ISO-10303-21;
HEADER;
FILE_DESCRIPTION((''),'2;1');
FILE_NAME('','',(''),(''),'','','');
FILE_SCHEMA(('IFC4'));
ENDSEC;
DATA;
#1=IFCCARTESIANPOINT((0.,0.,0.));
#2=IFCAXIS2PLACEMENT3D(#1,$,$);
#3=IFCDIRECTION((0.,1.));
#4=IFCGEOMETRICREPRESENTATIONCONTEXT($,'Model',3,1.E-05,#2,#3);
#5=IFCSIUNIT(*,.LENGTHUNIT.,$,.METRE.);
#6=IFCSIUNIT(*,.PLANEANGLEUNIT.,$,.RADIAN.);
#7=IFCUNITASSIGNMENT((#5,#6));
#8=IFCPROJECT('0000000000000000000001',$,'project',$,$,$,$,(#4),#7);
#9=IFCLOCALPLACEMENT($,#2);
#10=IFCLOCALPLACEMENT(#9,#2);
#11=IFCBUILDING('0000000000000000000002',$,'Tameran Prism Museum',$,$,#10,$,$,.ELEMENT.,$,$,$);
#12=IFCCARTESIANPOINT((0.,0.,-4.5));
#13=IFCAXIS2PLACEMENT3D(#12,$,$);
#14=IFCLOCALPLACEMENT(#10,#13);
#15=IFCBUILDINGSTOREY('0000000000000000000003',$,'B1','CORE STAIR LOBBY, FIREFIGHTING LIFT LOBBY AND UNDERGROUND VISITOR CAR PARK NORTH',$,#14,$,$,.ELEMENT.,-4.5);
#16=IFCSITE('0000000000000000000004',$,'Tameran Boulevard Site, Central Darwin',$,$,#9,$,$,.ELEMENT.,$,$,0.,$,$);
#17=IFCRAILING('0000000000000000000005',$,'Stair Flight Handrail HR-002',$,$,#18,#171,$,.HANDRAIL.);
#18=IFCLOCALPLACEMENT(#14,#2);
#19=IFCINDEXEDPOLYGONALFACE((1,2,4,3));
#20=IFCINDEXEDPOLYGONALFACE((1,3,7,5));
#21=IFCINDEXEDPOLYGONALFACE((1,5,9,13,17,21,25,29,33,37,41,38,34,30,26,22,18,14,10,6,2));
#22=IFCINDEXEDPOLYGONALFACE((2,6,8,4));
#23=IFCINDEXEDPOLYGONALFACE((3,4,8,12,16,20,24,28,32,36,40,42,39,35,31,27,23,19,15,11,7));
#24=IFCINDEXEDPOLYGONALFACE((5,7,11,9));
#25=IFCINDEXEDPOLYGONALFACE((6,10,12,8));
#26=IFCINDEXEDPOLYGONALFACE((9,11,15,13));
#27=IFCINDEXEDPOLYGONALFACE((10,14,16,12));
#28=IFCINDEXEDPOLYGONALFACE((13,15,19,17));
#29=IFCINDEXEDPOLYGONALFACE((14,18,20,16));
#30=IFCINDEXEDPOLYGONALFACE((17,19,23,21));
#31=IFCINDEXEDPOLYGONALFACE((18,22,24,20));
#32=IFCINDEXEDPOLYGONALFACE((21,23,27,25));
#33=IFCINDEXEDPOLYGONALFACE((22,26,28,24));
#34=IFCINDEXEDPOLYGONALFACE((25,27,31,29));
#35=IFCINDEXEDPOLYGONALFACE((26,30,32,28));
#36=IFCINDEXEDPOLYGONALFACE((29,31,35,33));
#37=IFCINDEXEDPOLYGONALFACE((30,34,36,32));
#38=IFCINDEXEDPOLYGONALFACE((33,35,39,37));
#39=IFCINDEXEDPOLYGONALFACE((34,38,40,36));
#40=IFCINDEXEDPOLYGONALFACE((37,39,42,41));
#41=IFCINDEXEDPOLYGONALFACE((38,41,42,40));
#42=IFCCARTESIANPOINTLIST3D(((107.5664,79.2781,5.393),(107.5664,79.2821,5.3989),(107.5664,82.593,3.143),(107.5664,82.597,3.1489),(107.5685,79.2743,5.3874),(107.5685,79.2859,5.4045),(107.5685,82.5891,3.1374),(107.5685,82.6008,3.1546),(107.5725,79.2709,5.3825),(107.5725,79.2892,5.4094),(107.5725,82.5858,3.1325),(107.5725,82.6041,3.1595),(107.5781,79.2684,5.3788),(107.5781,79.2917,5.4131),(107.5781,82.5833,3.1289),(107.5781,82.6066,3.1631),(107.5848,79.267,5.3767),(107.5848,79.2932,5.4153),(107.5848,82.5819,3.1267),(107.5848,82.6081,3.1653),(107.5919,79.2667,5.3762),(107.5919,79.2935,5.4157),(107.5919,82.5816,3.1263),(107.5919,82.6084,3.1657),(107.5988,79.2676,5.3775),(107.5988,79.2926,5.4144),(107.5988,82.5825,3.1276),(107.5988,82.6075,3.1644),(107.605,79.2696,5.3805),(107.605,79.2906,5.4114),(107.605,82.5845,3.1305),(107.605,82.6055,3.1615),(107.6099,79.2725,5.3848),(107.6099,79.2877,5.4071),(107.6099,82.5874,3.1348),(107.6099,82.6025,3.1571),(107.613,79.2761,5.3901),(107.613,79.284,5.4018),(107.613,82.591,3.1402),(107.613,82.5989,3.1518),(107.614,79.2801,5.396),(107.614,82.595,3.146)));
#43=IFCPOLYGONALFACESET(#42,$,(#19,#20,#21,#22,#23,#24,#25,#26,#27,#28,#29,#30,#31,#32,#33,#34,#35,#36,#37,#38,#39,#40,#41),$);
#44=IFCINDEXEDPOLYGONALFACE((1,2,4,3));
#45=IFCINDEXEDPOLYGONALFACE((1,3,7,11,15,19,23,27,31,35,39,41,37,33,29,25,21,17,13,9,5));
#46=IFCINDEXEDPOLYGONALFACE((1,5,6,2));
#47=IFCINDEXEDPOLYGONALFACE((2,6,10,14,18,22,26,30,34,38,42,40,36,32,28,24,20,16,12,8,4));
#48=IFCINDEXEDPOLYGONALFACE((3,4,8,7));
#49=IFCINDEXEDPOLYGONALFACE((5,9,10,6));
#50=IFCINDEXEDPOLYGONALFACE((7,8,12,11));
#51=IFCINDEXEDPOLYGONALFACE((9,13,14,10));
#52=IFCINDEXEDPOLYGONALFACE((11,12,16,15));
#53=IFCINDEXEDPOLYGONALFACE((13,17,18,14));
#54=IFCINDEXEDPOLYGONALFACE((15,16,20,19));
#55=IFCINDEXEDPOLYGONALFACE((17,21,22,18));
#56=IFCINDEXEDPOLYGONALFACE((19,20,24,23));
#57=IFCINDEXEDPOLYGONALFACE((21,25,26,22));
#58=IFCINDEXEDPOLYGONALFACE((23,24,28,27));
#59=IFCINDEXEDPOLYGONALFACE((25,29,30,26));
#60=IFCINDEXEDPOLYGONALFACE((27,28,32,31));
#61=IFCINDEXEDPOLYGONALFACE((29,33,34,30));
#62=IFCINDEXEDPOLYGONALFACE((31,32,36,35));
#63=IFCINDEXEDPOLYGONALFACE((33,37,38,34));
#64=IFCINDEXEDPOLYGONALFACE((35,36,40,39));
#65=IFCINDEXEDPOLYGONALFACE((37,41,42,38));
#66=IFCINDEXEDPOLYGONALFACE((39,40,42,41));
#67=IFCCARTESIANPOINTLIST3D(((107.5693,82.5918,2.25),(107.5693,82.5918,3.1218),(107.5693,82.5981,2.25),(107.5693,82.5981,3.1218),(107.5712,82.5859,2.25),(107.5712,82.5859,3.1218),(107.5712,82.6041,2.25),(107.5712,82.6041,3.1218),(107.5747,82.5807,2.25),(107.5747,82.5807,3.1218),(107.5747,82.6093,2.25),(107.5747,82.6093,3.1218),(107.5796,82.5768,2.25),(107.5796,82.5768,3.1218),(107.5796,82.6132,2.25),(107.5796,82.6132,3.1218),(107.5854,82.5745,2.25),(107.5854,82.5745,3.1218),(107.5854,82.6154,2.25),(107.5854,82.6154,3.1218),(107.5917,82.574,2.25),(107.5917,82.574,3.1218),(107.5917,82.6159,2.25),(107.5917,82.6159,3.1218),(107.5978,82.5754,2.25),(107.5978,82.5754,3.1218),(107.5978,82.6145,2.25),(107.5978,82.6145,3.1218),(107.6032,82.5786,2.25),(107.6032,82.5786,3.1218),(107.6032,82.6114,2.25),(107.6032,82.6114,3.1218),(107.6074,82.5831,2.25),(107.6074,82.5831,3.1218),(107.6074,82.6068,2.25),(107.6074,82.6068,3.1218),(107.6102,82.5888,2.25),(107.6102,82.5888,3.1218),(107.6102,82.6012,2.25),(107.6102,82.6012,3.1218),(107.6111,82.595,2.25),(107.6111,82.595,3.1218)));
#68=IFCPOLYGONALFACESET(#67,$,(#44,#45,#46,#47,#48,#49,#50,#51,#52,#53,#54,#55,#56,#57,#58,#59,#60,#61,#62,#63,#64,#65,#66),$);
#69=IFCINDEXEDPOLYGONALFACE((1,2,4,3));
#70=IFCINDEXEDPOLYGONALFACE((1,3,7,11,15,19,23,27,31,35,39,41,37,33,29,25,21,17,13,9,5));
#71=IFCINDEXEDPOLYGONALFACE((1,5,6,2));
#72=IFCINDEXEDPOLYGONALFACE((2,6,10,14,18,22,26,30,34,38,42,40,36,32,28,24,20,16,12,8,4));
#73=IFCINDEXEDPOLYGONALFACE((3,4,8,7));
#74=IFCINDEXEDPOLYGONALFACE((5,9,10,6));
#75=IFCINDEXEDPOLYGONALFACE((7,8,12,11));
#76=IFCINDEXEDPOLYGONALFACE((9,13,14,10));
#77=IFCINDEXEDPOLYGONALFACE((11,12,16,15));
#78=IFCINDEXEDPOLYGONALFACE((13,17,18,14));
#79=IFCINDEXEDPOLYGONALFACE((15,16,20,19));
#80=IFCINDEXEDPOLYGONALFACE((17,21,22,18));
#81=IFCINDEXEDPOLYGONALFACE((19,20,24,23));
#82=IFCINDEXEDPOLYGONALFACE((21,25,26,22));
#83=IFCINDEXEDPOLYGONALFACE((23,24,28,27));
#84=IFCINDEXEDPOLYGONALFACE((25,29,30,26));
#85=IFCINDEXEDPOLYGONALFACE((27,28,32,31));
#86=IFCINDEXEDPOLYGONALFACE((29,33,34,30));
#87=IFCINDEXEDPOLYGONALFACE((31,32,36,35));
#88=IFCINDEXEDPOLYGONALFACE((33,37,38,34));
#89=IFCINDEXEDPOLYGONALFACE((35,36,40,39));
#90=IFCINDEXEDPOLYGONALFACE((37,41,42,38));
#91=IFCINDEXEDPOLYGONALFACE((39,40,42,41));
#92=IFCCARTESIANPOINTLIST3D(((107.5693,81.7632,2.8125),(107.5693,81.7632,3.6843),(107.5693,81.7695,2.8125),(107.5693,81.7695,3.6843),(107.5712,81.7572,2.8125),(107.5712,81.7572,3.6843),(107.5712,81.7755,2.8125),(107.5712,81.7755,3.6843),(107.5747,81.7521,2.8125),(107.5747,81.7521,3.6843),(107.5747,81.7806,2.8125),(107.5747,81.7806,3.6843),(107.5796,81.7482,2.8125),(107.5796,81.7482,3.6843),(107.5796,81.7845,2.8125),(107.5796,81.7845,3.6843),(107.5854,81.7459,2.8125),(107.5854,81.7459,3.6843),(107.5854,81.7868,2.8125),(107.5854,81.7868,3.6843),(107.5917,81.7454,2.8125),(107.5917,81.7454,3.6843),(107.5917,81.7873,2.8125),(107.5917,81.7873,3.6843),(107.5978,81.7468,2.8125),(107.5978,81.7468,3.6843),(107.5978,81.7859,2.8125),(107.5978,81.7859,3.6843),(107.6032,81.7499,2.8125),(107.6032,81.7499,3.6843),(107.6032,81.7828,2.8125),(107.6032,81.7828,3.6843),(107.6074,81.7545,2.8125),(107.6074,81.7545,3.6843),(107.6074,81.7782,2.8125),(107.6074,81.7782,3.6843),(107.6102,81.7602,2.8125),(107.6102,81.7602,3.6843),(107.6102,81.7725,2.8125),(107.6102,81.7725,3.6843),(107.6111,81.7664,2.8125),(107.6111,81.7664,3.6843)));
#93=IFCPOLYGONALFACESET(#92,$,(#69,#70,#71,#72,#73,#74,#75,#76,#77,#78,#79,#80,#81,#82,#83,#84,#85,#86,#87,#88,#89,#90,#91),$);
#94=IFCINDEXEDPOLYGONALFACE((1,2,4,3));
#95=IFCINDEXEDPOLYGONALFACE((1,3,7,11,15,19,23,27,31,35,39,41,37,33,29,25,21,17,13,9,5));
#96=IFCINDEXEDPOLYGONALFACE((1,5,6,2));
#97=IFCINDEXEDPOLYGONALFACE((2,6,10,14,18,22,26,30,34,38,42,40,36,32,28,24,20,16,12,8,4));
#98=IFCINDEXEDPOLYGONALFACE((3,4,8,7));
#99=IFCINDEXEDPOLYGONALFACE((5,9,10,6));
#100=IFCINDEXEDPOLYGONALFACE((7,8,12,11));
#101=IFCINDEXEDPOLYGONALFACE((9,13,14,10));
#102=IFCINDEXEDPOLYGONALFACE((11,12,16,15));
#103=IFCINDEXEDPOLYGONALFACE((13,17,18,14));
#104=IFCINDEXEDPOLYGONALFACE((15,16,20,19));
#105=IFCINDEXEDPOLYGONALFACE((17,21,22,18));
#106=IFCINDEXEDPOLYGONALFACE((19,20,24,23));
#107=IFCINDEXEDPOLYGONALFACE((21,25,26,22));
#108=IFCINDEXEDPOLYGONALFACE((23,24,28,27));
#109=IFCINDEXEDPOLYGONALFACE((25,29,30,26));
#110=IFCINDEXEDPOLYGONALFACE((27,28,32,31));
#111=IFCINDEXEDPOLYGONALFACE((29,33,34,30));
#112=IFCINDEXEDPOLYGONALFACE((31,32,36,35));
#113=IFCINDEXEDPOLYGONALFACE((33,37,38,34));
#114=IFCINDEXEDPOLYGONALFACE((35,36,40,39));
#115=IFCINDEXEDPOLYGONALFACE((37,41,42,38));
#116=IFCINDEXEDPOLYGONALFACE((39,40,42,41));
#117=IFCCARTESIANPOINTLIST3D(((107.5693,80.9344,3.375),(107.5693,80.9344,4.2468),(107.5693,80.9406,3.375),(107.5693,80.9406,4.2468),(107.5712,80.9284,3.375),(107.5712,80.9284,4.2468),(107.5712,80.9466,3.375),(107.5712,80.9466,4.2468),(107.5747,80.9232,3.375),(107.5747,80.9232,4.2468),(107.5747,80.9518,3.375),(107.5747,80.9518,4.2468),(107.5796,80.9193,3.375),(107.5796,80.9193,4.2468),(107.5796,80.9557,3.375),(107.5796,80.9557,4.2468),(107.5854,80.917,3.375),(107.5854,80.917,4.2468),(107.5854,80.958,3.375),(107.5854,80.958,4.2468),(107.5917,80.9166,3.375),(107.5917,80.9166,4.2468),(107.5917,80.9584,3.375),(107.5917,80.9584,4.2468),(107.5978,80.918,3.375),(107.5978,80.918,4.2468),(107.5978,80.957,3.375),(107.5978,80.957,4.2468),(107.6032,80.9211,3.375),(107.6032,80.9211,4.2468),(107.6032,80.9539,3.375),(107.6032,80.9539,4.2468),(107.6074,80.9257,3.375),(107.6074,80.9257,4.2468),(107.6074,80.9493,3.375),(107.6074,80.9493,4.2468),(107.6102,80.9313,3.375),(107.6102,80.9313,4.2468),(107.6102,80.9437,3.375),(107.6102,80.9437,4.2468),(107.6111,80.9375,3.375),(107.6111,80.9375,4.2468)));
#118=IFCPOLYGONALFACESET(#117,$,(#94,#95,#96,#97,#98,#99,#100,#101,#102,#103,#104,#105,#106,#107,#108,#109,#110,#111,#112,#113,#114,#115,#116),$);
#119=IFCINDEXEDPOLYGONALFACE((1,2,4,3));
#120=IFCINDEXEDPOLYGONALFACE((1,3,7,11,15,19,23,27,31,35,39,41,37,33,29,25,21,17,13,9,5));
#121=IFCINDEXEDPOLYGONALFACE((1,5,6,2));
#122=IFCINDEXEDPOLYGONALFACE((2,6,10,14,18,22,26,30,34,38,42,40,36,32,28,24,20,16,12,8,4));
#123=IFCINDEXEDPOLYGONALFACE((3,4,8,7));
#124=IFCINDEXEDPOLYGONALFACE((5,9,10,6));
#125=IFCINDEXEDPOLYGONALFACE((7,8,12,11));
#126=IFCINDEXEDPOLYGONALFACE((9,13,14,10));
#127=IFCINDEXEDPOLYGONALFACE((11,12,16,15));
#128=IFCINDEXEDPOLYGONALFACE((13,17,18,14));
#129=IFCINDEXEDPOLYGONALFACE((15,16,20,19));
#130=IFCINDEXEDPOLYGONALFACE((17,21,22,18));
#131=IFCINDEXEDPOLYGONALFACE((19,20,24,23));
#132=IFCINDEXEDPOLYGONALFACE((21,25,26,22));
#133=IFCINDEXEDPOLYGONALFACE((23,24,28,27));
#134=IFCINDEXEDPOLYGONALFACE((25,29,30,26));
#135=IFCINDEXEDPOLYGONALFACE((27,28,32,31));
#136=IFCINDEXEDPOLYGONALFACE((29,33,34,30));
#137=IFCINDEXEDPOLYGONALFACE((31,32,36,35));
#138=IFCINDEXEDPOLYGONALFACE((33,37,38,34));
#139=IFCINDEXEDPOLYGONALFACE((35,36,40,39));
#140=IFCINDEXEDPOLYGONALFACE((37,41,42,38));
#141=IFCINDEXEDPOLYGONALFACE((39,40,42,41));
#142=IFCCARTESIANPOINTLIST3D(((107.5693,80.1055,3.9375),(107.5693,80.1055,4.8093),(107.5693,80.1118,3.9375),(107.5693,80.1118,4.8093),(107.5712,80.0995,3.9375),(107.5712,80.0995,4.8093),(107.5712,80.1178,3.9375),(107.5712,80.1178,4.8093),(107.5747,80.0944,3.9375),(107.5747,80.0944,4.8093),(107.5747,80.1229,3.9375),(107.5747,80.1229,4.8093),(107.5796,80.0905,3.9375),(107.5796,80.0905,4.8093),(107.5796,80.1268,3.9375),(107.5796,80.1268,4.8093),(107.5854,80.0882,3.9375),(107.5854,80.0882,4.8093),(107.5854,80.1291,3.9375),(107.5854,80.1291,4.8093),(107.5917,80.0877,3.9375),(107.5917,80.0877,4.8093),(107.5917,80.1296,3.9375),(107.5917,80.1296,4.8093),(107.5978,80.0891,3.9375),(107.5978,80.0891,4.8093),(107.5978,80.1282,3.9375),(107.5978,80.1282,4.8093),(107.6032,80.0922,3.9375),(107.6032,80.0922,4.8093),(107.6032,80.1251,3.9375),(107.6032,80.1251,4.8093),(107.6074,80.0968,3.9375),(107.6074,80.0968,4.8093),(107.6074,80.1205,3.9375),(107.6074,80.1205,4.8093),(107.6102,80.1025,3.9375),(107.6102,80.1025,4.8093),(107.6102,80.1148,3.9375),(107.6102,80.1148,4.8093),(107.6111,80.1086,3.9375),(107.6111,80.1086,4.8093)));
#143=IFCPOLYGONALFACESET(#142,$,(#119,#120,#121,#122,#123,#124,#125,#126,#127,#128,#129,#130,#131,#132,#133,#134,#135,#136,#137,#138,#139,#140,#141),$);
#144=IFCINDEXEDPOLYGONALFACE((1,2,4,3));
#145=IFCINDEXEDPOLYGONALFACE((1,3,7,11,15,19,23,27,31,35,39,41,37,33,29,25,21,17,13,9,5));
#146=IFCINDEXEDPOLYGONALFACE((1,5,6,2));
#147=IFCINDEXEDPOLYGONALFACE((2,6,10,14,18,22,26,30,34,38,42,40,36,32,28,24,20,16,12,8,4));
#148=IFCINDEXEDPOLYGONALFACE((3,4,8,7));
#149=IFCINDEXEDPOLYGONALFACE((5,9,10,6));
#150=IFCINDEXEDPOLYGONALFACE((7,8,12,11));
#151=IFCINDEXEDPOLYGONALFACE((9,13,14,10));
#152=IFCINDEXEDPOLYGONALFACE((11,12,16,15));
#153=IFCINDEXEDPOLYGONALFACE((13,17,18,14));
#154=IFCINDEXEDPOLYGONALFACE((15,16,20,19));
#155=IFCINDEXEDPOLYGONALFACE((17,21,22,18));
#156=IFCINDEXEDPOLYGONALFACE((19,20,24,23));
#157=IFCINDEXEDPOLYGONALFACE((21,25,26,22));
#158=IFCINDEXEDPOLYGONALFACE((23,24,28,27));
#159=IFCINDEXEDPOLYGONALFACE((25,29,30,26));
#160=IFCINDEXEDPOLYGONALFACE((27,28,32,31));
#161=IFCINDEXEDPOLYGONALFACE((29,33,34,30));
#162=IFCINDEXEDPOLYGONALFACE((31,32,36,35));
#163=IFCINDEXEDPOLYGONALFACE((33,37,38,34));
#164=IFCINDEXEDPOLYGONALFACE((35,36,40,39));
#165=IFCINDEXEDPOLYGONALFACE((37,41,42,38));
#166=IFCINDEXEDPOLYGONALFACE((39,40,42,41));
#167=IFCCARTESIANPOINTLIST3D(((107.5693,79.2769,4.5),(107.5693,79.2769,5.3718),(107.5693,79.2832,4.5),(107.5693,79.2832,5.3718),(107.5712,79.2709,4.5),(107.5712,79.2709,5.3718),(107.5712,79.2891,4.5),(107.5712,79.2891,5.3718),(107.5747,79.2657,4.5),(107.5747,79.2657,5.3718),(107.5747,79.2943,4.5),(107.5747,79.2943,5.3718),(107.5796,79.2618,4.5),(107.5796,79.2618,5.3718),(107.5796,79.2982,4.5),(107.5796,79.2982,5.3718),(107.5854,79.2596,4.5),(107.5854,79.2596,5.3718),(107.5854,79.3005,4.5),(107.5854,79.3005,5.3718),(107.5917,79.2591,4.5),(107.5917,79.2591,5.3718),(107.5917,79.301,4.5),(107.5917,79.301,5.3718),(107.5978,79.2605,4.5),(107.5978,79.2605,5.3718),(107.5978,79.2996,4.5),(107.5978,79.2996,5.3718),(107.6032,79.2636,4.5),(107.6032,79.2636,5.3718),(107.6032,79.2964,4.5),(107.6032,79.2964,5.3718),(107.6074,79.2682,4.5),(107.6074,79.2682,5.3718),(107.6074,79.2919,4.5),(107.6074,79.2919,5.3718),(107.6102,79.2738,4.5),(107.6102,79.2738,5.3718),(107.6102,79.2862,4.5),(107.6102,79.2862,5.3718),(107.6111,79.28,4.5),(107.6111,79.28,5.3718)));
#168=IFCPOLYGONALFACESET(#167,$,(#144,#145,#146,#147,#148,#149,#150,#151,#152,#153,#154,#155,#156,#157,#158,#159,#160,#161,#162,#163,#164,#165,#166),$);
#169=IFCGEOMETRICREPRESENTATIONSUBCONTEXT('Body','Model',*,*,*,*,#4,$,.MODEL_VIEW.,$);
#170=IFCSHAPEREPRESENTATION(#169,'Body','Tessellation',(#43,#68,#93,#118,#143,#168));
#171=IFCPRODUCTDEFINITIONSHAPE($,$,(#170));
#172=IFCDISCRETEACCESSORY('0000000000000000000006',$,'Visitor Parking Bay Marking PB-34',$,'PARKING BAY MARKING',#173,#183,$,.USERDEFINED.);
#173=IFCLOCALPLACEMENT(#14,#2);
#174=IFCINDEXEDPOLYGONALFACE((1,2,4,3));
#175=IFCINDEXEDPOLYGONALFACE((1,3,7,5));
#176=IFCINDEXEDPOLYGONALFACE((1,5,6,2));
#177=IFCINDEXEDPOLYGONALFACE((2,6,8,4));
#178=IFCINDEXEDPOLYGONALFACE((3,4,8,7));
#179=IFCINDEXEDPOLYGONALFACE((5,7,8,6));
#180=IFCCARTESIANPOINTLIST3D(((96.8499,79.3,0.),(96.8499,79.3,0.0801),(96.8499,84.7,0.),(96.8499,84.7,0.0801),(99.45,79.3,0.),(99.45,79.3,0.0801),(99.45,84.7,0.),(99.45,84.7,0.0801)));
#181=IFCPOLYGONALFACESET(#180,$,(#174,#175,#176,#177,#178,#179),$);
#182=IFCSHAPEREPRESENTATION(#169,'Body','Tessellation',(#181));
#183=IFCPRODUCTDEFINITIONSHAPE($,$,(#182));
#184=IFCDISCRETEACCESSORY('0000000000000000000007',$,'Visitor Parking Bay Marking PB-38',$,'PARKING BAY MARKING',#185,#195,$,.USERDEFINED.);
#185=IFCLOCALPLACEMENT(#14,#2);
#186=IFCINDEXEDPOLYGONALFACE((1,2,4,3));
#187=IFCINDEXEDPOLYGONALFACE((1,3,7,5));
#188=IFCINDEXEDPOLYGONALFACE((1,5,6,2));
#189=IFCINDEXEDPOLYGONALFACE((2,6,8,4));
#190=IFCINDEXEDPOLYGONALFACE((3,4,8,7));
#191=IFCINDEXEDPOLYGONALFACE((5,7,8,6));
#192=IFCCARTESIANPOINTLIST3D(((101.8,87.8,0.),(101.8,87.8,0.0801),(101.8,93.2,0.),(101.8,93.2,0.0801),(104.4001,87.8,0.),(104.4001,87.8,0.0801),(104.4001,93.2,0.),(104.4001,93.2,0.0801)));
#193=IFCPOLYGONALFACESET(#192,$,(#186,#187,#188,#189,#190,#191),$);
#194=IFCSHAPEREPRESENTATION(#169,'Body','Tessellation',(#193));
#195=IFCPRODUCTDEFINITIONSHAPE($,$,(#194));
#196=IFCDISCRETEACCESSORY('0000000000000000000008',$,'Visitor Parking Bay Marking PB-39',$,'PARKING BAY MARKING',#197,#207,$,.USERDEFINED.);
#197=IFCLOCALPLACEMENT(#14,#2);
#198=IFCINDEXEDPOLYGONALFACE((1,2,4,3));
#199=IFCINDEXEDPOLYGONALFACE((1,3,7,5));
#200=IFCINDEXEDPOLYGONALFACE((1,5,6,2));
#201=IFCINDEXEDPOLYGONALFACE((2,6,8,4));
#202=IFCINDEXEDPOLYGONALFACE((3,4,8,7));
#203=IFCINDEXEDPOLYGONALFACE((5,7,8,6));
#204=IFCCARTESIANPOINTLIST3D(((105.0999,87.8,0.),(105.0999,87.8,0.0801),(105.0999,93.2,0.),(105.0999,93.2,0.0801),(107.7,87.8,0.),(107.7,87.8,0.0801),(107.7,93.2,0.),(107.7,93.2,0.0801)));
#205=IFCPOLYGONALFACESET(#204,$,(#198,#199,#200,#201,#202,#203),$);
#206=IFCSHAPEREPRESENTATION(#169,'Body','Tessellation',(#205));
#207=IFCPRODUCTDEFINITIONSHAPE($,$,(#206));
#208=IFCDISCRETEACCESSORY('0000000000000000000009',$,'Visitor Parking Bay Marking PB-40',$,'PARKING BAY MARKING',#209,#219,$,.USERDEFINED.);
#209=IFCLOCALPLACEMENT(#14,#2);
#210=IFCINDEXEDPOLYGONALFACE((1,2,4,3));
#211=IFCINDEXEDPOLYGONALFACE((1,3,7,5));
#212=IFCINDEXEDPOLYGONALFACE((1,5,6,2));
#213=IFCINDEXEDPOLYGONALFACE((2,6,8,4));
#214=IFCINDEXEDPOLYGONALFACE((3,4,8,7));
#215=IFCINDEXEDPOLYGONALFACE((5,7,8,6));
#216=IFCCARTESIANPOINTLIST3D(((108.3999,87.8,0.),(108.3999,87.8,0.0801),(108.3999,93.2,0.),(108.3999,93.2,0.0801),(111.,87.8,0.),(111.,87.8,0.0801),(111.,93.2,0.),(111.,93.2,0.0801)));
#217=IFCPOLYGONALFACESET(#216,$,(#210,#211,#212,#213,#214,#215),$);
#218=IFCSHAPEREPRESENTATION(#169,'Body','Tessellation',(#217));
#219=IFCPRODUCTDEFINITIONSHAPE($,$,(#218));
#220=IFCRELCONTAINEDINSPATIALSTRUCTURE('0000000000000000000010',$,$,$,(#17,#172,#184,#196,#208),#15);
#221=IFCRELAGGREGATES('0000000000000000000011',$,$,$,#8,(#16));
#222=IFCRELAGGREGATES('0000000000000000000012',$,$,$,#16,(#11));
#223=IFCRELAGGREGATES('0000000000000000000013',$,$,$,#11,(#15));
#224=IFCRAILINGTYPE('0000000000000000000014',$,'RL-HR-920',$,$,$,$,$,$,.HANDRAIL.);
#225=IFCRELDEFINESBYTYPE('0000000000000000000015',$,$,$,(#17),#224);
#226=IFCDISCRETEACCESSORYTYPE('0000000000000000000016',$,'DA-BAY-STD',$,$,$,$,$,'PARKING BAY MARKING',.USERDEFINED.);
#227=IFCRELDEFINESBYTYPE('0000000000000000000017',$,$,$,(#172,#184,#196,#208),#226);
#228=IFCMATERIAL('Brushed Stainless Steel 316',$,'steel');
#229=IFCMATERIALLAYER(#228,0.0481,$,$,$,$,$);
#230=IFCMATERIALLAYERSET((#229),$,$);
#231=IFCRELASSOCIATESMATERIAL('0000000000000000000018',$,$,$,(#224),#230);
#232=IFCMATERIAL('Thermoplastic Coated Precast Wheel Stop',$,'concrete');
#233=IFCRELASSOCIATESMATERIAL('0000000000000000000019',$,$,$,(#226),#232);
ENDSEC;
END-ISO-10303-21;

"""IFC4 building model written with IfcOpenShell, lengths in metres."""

from ifc_helpers import new_model, si_unit, direction, frame, origin, origin_2d, place, context, subcontext, project, spatial, rectangle, circle, extrude, material, layer, layer_set, type_object, element, save


model = new_model("IFC4")

# Units and contexts
model_context = context("Model", 3, precision=1e-05, world=origin(), true_north=direction((0.0, 1.0)))
body_context = subcontext(model_context, "Body", "Model", "MODEL_VIEW")
ifc_project = project(units=[si_unit("LENGTHUNIT", "METRE"), si_unit("PLANEANGLEUNIT", "RADIAN")], contexts=[model_context])

# Site, building, storey
site_placement = place(None, origin())
site = spatial("IfcSite", under=ifc_project, at=site_placement, Name="Tameran Boulevard Site, Central Darwin", CompositionType="ELEMENT", RefElevation=0.0)
building_placement = place(site_placement, origin())
building = spatial("IfcBuilding", under=site, at=building_placement, Name="Tameran Prism Museum", CompositionType="ELEMENT")
storey_placement = place(building_placement, frame((0.0, 0.0, -4.5)))
storey = spatial("IfcBuildingStorey", under=building, at=storey_placement, Name="B1", Description="CORE STAIR LOBBY, FIREFIGHTING LIFT LOBBY AND UNDERGROUND VISITOR CAR PARK NORTH", CompositionType="ELEMENT", Elevation=-4.5)

# Railing
ifc_material_1 = material(Name="Brushed Stainless Steel 316", Category="steel")
ifc_layer_1 = layer(ifc_material_1, 0.0481)
ifc_layer_set_1 = layer_set([ifc_layer_1])
railing_type_1 = type_object("IfcRailingType", Name="RL-HR-920", PredefinedType="HANDRAIL", material=ifc_layer_set_1)
railing_1_placement = place(storey_placement, frame((107.5901, 82.595, 2.25)))
element("IfcRailing", 1, at=railing_1_placement, inside=storey, type_object=railing_type_1, Name="Stair Flight Handrail HR-002", PredefinedType="HANDRAIL", context=body_context, shape_type="SweptSolid", body=[
    extrude(circle(Radius=0.0239, at=origin_2d()), frame((0.0, 0.0, 0.896), z_axis=(0.0, -0.827409, 0.5616), x_axis=(1.0, 0.0, 0.0)), (0.0, 0.0, 1.0), 4.0063),
    extrude(circle(Radius=0.021, at=origin_2d()), origin(), (0.0, 0.0, 1.0), 0.8718),
    extrude(circle(Radius=0.021, at=origin_2d()), frame((0.0, -0.8286, 0.5625)), (0.0, 0.0, 1.0), 0.8718),
    extrude(circle(Radius=0.021, at=origin_2d()), frame((0.0, -1.6575, 1.125)), (0.0, 0.0, 1.0), 0.8718),
    extrude(circle(Radius=0.021, at=origin_2d()), frame((0.0, -2.4863, 1.6875)), (0.0, 0.0, 1.0), 0.8718),
    extrude(circle(Radius=0.021, at=origin_2d()), frame((0.0, -3.3149, 2.25)), (0.0, 0.0, 1.0), 0.8718),
])

# Discrete accessories
ifc_material_2 = material(Name="Thermoplastic Coated Precast Wheel Stop", Category="concrete")
discrete_accessory_type = type_object("IfcDiscreteAccessoryType", Name="DA-BAY-STD", ElementType="PARKING BAY MARKING", PredefinedType="USERDEFINED", material=ifc_material_2)
for number, where, z_axis, x_axis, name in (
    (2, (98.1499, 82.0, 0.0), (0.0, 0.0, 1.0), (1.0, 0.0, 0.0), "Visitor Parking Bay Marking PB-34"),
    (3, (103.1001, 90.5, 0.0), (0.0, 0.0, 1.0), (1.0, 0.0, 0.0), "Visitor Parking Bay Marking PB-38"),
    (4, (106.3999, 90.5, 0.0), (0.0, 0.0, 1.0), (1.0, 0.0, 0.0), "Visitor Parking Bay Marking PB-39"),
    (5, (109.7, 90.5, 0.0), (0.0, 0.0, 1.0), (1.0, 0.0, 0.0), "Visitor Parking Bay Marking PB-40"),
):
    element("IfcDiscreteAccessory", number, at=place(storey_placement, frame(where, z_axis=z_axis, x_axis=x_axis)), inside=storey, type_object=discrete_accessory_type, Name=name, ObjectType="PARKING BAY MARKING", PredefinedType="USERDEFINED", context=body_context, shape_type="SweptSolid", body=[
        extrude(rectangle(XDim=2.6001, YDim=5.3999, at=origin_2d()), origin(), (0.0, 0.0, 1.0), 0.0801),
    ])

save(model, "model.ifc")
